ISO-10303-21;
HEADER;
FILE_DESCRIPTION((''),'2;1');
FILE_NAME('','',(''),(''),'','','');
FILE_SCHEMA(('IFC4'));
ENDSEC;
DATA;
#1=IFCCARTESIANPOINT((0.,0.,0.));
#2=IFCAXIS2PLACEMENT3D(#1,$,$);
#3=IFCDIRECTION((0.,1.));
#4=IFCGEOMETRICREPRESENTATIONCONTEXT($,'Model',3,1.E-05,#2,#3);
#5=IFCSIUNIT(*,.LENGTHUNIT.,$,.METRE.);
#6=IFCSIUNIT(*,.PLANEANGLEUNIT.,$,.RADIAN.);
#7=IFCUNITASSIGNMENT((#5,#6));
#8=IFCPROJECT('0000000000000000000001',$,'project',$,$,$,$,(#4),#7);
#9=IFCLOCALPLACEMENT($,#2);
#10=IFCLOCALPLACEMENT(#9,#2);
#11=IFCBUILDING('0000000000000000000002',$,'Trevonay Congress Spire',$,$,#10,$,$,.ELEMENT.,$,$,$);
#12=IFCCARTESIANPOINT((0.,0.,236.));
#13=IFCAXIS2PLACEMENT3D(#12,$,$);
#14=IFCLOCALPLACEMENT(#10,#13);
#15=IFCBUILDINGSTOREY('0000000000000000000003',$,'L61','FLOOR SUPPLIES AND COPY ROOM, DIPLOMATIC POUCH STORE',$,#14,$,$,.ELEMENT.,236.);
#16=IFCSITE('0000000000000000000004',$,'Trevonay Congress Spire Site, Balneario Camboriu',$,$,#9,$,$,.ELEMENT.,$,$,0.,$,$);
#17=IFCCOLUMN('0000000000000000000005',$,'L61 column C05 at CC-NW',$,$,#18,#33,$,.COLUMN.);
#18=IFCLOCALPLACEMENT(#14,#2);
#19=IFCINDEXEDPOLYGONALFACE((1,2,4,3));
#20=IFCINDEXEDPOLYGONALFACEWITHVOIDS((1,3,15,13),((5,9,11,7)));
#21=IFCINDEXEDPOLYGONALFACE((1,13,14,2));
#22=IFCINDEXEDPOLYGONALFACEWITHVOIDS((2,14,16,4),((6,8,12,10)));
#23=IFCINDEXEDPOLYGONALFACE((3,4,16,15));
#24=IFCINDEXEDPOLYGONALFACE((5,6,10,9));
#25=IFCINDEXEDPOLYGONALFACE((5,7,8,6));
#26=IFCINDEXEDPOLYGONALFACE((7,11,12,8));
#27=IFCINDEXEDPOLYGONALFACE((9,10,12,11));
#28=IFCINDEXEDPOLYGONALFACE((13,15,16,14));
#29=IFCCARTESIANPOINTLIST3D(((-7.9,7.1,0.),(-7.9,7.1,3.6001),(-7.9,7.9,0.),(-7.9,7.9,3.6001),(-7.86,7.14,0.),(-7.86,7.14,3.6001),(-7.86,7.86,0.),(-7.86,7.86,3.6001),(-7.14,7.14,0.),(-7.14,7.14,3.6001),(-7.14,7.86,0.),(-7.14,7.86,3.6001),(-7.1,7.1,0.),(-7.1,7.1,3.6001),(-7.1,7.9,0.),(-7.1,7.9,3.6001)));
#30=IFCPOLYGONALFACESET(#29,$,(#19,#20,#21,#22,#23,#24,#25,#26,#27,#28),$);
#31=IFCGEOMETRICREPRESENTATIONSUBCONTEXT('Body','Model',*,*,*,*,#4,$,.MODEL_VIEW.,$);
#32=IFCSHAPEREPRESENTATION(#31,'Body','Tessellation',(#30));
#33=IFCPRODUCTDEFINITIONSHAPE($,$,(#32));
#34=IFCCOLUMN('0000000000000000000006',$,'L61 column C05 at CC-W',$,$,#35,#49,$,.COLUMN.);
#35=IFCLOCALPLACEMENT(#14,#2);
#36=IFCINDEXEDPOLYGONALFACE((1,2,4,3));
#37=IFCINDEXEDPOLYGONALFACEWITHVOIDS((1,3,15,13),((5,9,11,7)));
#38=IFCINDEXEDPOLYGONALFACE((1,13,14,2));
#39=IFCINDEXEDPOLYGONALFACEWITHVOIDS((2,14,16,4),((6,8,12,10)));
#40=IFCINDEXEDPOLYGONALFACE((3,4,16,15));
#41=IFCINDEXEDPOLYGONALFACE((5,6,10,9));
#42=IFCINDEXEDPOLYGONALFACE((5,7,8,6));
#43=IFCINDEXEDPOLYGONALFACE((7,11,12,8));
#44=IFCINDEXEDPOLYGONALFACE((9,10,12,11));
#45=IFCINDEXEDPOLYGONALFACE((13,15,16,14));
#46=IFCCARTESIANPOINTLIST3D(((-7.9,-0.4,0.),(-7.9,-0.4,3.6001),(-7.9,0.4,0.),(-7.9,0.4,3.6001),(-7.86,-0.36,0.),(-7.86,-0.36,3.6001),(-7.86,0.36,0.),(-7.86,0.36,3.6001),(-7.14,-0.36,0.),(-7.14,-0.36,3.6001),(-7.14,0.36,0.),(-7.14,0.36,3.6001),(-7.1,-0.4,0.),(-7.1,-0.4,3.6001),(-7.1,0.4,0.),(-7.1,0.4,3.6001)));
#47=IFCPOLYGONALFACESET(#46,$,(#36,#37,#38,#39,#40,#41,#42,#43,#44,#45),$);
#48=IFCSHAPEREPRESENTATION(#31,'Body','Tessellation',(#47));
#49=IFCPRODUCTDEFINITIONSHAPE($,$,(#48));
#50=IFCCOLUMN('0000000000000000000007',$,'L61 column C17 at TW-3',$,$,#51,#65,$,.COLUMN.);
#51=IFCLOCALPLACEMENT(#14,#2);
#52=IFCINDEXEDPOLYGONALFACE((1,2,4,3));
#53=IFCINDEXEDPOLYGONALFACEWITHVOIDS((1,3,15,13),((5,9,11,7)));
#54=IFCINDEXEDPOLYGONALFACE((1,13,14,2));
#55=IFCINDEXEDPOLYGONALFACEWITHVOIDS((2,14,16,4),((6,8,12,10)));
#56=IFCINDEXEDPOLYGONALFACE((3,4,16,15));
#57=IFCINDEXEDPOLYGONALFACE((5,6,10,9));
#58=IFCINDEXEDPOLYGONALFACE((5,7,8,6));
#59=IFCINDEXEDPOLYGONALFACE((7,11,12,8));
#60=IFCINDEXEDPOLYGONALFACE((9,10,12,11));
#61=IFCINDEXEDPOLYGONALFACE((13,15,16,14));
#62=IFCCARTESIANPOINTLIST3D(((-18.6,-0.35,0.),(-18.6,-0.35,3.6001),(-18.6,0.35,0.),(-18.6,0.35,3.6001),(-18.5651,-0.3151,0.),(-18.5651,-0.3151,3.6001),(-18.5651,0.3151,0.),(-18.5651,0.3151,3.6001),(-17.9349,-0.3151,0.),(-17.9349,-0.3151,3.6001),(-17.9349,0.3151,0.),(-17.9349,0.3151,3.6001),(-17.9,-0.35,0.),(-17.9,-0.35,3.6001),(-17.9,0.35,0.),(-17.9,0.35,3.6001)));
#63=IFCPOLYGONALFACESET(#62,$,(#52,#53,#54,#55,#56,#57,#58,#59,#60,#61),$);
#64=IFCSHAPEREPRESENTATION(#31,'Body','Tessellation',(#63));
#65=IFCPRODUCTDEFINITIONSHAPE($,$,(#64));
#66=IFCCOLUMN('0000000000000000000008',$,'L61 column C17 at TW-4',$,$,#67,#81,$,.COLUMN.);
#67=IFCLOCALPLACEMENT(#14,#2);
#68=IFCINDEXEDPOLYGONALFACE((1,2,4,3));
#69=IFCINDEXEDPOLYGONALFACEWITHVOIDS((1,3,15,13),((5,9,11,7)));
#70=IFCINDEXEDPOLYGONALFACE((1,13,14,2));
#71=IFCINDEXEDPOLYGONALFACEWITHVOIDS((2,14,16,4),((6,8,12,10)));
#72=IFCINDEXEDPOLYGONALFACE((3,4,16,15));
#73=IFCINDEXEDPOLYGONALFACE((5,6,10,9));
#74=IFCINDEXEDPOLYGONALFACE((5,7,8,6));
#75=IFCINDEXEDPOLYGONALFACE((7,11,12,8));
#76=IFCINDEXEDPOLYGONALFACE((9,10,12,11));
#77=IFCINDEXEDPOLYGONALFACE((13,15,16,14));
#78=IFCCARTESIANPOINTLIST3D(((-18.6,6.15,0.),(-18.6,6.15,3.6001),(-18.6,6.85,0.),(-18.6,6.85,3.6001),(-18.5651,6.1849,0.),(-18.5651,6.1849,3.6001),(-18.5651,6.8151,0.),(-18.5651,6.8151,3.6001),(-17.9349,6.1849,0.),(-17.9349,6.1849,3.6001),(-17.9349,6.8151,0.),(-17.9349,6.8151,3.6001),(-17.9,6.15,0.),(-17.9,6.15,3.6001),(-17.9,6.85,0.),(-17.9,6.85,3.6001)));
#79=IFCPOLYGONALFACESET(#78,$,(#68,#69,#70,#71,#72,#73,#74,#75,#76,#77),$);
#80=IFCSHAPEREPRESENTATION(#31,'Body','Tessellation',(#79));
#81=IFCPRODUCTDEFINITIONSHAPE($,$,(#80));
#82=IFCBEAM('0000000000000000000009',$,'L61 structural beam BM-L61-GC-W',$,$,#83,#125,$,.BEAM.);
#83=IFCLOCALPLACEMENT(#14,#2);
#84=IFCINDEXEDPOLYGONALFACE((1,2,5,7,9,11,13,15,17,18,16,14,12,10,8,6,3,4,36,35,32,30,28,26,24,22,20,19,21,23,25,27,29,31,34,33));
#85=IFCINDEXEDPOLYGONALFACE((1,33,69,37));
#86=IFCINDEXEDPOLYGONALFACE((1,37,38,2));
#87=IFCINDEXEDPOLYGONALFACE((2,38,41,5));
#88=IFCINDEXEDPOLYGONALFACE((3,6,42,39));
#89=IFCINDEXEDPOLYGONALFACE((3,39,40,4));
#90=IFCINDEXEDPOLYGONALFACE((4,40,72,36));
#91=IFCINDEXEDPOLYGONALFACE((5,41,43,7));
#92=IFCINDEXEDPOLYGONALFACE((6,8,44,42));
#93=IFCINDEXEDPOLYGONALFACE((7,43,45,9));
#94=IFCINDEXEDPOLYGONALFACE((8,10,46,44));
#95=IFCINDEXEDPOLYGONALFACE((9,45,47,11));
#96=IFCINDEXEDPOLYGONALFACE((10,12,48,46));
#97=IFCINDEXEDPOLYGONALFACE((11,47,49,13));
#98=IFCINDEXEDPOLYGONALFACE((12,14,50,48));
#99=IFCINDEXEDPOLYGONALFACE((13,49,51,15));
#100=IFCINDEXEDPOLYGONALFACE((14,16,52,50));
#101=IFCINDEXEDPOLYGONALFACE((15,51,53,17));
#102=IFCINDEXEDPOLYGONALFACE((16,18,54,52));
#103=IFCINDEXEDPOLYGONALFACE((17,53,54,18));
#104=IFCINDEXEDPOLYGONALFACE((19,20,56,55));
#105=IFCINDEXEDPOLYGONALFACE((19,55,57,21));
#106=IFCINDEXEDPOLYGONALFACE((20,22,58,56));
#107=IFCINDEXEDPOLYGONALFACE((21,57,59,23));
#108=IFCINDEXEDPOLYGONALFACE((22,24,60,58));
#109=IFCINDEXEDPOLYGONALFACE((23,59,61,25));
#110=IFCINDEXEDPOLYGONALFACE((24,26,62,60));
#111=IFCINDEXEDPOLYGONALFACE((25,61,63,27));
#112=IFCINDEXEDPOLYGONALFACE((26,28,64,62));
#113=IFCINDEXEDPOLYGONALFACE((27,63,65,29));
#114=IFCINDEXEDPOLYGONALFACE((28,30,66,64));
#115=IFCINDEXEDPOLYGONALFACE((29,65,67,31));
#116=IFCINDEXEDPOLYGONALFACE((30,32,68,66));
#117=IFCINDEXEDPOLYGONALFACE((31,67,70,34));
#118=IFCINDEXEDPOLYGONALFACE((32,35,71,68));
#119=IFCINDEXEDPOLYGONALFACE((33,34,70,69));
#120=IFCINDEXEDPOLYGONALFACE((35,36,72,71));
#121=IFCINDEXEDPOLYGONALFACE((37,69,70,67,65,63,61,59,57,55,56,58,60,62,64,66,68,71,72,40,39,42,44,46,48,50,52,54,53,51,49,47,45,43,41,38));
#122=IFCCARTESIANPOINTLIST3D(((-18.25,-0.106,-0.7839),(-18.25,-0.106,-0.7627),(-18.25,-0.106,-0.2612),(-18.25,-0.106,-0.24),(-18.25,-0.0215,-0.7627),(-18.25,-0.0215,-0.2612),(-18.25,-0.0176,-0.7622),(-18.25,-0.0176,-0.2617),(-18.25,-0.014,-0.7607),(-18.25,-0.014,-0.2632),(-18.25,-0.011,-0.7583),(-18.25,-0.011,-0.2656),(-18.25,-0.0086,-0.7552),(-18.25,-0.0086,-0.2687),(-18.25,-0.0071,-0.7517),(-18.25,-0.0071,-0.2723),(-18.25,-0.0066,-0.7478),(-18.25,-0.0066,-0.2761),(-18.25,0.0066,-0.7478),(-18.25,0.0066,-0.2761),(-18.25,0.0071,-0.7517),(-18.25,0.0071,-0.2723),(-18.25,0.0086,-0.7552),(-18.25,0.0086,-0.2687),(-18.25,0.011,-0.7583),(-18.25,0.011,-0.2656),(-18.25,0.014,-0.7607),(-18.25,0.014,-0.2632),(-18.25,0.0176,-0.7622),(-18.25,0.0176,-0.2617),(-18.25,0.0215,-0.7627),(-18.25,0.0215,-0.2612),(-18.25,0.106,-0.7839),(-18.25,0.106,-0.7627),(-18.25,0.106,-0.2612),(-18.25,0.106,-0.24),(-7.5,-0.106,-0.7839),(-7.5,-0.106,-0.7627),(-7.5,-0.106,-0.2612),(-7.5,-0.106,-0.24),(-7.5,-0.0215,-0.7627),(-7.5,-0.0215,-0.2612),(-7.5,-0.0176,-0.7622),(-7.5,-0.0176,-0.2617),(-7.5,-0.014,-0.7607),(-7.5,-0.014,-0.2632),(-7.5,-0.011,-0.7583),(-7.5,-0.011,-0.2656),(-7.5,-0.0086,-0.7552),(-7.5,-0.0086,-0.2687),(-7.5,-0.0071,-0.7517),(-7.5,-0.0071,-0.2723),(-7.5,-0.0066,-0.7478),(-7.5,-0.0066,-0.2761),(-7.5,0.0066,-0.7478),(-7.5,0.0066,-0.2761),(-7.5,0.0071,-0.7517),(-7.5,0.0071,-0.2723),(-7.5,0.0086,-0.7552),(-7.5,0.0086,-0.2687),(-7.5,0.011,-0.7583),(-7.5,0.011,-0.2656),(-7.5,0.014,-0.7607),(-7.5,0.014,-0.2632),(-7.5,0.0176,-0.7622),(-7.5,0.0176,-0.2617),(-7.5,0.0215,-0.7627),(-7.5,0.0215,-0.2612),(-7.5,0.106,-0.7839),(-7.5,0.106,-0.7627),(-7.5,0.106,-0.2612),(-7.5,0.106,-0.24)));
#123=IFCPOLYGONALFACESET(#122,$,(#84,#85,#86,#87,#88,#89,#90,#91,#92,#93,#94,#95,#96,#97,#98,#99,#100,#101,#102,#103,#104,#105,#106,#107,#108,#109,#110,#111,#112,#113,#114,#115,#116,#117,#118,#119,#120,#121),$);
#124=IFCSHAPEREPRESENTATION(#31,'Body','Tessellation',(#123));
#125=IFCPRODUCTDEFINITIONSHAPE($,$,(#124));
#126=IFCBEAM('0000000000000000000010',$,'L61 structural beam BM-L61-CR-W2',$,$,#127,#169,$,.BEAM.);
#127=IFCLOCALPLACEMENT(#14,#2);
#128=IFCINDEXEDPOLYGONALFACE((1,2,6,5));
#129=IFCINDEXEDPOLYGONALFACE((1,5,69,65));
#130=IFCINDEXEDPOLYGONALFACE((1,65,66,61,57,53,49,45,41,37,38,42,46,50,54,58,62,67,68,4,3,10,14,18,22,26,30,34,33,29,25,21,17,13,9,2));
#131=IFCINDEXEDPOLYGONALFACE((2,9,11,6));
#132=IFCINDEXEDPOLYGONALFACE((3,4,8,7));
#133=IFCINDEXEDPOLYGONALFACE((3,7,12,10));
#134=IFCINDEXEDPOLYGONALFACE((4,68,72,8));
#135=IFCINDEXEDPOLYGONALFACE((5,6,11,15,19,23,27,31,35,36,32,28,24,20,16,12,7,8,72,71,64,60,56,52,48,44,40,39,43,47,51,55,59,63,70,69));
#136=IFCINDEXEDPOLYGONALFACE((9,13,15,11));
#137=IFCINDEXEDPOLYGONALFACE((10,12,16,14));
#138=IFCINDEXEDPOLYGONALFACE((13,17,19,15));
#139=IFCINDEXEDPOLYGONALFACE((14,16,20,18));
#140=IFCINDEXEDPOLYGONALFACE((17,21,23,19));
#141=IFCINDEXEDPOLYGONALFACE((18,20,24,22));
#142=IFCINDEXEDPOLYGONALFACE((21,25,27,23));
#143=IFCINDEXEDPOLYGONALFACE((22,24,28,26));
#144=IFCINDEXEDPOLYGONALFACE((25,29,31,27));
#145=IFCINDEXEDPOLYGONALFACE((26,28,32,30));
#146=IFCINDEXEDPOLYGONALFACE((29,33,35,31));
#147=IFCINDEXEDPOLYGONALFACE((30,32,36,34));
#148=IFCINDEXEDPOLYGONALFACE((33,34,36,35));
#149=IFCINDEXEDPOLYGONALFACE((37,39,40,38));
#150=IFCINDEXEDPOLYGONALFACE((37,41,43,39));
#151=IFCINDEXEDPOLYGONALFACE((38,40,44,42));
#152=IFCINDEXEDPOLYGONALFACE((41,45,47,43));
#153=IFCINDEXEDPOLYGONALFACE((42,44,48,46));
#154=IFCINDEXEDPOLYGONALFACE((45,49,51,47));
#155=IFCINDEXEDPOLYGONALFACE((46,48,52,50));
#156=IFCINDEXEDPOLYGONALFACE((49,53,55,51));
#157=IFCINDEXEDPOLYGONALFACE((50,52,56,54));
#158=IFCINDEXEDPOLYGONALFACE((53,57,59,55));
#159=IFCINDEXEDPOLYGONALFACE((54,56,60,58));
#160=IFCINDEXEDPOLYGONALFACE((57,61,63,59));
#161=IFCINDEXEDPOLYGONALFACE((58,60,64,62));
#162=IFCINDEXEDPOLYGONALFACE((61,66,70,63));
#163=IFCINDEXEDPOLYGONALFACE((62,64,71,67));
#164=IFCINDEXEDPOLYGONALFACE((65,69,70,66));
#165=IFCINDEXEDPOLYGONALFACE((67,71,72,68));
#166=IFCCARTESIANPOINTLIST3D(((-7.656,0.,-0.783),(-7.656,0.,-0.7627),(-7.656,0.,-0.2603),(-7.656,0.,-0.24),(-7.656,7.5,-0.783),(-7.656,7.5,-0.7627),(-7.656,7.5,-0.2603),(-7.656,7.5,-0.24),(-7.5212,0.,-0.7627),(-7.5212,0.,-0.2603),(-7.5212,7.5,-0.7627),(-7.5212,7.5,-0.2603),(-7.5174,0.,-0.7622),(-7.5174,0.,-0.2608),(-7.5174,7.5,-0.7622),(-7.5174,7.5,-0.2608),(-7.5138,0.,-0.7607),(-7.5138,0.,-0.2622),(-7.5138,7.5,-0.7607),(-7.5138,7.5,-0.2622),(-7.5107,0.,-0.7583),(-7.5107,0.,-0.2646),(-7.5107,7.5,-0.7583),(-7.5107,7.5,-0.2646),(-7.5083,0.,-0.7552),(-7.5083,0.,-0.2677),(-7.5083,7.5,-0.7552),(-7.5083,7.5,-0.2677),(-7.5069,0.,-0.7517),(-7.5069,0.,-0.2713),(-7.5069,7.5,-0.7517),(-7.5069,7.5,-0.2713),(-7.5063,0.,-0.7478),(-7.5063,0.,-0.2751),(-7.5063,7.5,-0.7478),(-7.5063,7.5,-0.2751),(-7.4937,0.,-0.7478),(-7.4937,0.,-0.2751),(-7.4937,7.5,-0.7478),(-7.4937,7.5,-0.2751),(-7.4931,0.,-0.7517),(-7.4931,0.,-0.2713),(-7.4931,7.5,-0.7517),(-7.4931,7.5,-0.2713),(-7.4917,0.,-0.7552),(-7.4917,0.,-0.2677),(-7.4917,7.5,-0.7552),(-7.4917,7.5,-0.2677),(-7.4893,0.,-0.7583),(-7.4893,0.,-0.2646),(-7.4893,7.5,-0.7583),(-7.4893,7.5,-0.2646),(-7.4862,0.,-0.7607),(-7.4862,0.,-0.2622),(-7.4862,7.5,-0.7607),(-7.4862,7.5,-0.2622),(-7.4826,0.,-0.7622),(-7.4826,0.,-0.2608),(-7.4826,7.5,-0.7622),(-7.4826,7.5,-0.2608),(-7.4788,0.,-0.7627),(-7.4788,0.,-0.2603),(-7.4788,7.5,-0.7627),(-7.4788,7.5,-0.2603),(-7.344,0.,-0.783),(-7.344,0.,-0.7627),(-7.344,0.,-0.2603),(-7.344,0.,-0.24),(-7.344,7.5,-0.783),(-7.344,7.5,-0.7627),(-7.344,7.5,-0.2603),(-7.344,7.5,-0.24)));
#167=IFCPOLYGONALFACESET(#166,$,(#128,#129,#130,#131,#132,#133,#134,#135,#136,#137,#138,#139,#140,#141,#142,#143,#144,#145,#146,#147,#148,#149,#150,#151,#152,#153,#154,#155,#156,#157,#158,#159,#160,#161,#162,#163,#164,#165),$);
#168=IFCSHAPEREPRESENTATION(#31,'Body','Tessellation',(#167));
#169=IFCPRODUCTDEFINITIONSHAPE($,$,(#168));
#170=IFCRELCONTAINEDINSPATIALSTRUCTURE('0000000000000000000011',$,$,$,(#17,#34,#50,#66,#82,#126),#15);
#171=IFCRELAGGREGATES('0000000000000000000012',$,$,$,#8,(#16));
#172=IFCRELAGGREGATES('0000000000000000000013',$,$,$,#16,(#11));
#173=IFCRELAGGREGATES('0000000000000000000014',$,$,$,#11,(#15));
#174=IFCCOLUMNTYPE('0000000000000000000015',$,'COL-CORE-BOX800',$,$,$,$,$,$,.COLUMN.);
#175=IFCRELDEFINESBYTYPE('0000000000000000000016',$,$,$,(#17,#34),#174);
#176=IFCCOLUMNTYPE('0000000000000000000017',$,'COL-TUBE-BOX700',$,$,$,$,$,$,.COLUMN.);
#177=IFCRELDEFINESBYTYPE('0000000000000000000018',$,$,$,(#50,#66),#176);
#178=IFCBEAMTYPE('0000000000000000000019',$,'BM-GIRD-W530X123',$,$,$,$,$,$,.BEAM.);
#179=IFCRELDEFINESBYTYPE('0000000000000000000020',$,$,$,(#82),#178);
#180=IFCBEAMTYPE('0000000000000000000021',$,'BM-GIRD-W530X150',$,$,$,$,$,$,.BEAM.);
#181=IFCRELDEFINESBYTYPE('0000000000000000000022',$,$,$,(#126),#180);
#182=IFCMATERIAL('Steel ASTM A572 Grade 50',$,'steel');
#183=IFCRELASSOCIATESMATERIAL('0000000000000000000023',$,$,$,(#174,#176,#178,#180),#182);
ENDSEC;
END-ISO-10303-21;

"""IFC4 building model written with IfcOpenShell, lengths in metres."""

from ifc_helpers import new_model, si_unit, direction, frame, origin, origin_2d, place, context, subcontext, project, spatial, hollow_rectangle, i_section, extrude, material, material_profile, profile_set, type_object, element, save


model = new_model("IFC4")

# Units and contexts
model_context = context("Model", 3, precision=1e-05, world=origin(), true_north=direction((0.0, 1.0)))
body_context = subcontext(model_context, "Body", "Model", "MODEL_VIEW")
ifc_project = project(units=[si_unit("LENGTHUNIT", "METRE"), si_unit("PLANEANGLEUNIT", "RADIAN")], contexts=[model_context])

# Site, building, storey
site_placement = place(None, origin())
site = spatial("IfcSite", under=ifc_project, at=site_placement, Name="Trevonay Congress Spire Site, Balneario Camboriu", CompositionType="ELEMENT", RefElevation=0.0)
building_placement = place(site_placement, origin())
building = spatial("IfcBuilding", under=site, at=building_placement, Name="Trevonay Congress Spire", CompositionType="ELEMENT")
storey_placement = place(building_placement, frame((0.0, 0.0, 236.0)))
storey = spatial("IfcBuildingStorey", under=building, at=storey_placement, Name="L61", Description="FLOOR SUPPLIES AND COPY ROOM, DIPLOMATIC POUCH STORE", CompositionType="ELEMENT", Elevation=236.0)

# Columns
ifc_material_1 = material(Name="Steel ASTM A572 Grade 50", Category="steel")
ifc_material_profile_1 = material_profile(ifc_material_1, hollow_rectangle(XDim=0.8, YDim=0.8, WallThickness=0.04, at=origin_2d()), Name="BOX 800x800x40")
ifc_profile_set_1 = profile_set([ifc_material_profile_1], Name="Steel ASTM A572 Grade 50")
column_type_1 = type_object("IfcColumnType", Name="COL-CORE-BOX800", PredefinedType="COLUMN", material=ifc_profile_set_1)
for number, where, z_axis, x_axis, name in (
    (1, (-7.5, 7.5, 0.0), (0.0, 0.0, 1.0), (1.0, 0.0, 0.0), "L61 column C05 at CC-NW"),
    (2, (-7.5, 0.0, 0.0), (0.0, 0.0, 1.0), (1.0, 0.0, 0.0), "L61 column C05 at CC-W"),
):
    element("IfcColumn", number, at=place(storey_placement, frame(where, z_axis=z_axis, x_axis=x_axis)), inside=storey, type_object=column_type_1, Name=name, PredefinedType="COLUMN", context=body_context, shape_type="SweptSolid", body=[
        extrude(hollow_rectangle(XDim=0.8, YDim=0.8, WallThickness=0.04, at=origin_2d()), origin(), (0.0, 0.0, 1.0), 3.6001),
    ])
ifc_material_profile_2 = material_profile(ifc_material_1, hollow_rectangle(XDim=0.7, YDim=0.7, WallThickness=0.0349, at=origin_2d()), Name="BOX 700x700x35")
ifc_profile_set_2 = profile_set([ifc_material_profile_2], Name="Steel ASTM A572 Grade 50")
column_type_2 = type_object("IfcColumnType", Name="COL-TUBE-BOX700", PredefinedType="COLUMN", material=ifc_profile_set_2)
for number, where, z_axis, x_axis, name in (
    (3, (-18.25, 0.0, 0.0), (0.0, 0.0, 1.0), (1.0, 0.0, 0.0), "L61 column C17 at TW-3"),
    (4, (-18.25, 6.5, 0.0), (0.0, 0.0, 1.0), (1.0, 0.0, 0.0), "L61 column C17 at TW-4"),
):
    element("IfcColumn", number, at=place(storey_placement, frame(where, z_axis=z_axis, x_axis=x_axis)), inside=storey, type_object=column_type_2, Name=name, PredefinedType="COLUMN", context=body_context, shape_type="SweptSolid", body=[
        extrude(hollow_rectangle(XDim=0.7, YDim=0.7, WallThickness=0.0349, at=origin_2d()), origin(), (0.0, 0.0, 1.0), 3.6001),
    ])

# Beams
ifc_material_profile_3 = material_profile(ifc_material_1, i_section(OverallWidth=0.2119, OverallDepth=0.5439, WebThickness=0.0132, FlangeThickness=0.0212, FilletRadius=0.0149, at=origin_2d()), Name="W530x123")
ifc_profile_set_3 = profile_set([ifc_material_profile_3], Name="Steel ASTM A572 Grade 50")
beam_type_1 = type_object("IfcBeamType", Name="BM-GIRD-W530X123", PredefinedType="BEAM", material=ifc_profile_set_3)
beam_1_placement = place(storey_placement, frame((-7.5, 0.0, -0.512), z_axis=(-1.0, 0.0, 0.0), x_axis=(0.0, -1.0, 0.0)))
element("IfcBeam", 5, at=beam_1_placement, inside=storey, type_object=beam_type_1, Name="L61 structural beam BM-L61-GC-W", PredefinedType="BEAM", context=body_context, shape_type="SweptSolid", body=[
    extrude(i_section(OverallWidth=0.2119, OverallDepth=0.5439, WebThickness=0.0132, FlangeThickness=0.0212, FilletRadius=0.0149, at=origin_2d()), origin(), (0.0, 0.0, 1.0), 10.75),
])
ifc_material_profile_4 = material_profile(ifc_material_1, i_section(OverallWidth=0.312, OverallDepth=0.543, WebThickness=0.0127, FlangeThickness=0.0203, FilletRadius=0.0149, at=origin_2d()), Name="W530x150")
ifc_profile_set_4 = profile_set([ifc_material_profile_4], Name="Steel ASTM A572 Grade 50")
beam_type_2 = type_object("IfcBeamType", Name="BM-GIRD-W530X150", PredefinedType="BEAM", material=ifc_profile_set_4)
beam_2_placement = place(storey_placement, frame((-7.5, 0.0, -0.5115), z_axis=(0.0, 1.0, 0.0), x_axis=(-1.0, 0.0, 0.0)))
element("IfcBeam", 6, at=beam_2_placement, inside=storey, type_object=beam_type_2, Name="L61 structural beam BM-L61-CR-W2", PredefinedType="BEAM", context=body_context, shape_type="SweptSolid", body=[
    extrude(i_section(OverallWidth=0.312, OverallDepth=0.543, WebThickness=0.0127, FlangeThickness=0.0203, FilletRadius=0.0149, at=origin_2d()), origin(), (0.0, 0.0, 1.0), 7.5),
])

save(model, "model.ifc")
